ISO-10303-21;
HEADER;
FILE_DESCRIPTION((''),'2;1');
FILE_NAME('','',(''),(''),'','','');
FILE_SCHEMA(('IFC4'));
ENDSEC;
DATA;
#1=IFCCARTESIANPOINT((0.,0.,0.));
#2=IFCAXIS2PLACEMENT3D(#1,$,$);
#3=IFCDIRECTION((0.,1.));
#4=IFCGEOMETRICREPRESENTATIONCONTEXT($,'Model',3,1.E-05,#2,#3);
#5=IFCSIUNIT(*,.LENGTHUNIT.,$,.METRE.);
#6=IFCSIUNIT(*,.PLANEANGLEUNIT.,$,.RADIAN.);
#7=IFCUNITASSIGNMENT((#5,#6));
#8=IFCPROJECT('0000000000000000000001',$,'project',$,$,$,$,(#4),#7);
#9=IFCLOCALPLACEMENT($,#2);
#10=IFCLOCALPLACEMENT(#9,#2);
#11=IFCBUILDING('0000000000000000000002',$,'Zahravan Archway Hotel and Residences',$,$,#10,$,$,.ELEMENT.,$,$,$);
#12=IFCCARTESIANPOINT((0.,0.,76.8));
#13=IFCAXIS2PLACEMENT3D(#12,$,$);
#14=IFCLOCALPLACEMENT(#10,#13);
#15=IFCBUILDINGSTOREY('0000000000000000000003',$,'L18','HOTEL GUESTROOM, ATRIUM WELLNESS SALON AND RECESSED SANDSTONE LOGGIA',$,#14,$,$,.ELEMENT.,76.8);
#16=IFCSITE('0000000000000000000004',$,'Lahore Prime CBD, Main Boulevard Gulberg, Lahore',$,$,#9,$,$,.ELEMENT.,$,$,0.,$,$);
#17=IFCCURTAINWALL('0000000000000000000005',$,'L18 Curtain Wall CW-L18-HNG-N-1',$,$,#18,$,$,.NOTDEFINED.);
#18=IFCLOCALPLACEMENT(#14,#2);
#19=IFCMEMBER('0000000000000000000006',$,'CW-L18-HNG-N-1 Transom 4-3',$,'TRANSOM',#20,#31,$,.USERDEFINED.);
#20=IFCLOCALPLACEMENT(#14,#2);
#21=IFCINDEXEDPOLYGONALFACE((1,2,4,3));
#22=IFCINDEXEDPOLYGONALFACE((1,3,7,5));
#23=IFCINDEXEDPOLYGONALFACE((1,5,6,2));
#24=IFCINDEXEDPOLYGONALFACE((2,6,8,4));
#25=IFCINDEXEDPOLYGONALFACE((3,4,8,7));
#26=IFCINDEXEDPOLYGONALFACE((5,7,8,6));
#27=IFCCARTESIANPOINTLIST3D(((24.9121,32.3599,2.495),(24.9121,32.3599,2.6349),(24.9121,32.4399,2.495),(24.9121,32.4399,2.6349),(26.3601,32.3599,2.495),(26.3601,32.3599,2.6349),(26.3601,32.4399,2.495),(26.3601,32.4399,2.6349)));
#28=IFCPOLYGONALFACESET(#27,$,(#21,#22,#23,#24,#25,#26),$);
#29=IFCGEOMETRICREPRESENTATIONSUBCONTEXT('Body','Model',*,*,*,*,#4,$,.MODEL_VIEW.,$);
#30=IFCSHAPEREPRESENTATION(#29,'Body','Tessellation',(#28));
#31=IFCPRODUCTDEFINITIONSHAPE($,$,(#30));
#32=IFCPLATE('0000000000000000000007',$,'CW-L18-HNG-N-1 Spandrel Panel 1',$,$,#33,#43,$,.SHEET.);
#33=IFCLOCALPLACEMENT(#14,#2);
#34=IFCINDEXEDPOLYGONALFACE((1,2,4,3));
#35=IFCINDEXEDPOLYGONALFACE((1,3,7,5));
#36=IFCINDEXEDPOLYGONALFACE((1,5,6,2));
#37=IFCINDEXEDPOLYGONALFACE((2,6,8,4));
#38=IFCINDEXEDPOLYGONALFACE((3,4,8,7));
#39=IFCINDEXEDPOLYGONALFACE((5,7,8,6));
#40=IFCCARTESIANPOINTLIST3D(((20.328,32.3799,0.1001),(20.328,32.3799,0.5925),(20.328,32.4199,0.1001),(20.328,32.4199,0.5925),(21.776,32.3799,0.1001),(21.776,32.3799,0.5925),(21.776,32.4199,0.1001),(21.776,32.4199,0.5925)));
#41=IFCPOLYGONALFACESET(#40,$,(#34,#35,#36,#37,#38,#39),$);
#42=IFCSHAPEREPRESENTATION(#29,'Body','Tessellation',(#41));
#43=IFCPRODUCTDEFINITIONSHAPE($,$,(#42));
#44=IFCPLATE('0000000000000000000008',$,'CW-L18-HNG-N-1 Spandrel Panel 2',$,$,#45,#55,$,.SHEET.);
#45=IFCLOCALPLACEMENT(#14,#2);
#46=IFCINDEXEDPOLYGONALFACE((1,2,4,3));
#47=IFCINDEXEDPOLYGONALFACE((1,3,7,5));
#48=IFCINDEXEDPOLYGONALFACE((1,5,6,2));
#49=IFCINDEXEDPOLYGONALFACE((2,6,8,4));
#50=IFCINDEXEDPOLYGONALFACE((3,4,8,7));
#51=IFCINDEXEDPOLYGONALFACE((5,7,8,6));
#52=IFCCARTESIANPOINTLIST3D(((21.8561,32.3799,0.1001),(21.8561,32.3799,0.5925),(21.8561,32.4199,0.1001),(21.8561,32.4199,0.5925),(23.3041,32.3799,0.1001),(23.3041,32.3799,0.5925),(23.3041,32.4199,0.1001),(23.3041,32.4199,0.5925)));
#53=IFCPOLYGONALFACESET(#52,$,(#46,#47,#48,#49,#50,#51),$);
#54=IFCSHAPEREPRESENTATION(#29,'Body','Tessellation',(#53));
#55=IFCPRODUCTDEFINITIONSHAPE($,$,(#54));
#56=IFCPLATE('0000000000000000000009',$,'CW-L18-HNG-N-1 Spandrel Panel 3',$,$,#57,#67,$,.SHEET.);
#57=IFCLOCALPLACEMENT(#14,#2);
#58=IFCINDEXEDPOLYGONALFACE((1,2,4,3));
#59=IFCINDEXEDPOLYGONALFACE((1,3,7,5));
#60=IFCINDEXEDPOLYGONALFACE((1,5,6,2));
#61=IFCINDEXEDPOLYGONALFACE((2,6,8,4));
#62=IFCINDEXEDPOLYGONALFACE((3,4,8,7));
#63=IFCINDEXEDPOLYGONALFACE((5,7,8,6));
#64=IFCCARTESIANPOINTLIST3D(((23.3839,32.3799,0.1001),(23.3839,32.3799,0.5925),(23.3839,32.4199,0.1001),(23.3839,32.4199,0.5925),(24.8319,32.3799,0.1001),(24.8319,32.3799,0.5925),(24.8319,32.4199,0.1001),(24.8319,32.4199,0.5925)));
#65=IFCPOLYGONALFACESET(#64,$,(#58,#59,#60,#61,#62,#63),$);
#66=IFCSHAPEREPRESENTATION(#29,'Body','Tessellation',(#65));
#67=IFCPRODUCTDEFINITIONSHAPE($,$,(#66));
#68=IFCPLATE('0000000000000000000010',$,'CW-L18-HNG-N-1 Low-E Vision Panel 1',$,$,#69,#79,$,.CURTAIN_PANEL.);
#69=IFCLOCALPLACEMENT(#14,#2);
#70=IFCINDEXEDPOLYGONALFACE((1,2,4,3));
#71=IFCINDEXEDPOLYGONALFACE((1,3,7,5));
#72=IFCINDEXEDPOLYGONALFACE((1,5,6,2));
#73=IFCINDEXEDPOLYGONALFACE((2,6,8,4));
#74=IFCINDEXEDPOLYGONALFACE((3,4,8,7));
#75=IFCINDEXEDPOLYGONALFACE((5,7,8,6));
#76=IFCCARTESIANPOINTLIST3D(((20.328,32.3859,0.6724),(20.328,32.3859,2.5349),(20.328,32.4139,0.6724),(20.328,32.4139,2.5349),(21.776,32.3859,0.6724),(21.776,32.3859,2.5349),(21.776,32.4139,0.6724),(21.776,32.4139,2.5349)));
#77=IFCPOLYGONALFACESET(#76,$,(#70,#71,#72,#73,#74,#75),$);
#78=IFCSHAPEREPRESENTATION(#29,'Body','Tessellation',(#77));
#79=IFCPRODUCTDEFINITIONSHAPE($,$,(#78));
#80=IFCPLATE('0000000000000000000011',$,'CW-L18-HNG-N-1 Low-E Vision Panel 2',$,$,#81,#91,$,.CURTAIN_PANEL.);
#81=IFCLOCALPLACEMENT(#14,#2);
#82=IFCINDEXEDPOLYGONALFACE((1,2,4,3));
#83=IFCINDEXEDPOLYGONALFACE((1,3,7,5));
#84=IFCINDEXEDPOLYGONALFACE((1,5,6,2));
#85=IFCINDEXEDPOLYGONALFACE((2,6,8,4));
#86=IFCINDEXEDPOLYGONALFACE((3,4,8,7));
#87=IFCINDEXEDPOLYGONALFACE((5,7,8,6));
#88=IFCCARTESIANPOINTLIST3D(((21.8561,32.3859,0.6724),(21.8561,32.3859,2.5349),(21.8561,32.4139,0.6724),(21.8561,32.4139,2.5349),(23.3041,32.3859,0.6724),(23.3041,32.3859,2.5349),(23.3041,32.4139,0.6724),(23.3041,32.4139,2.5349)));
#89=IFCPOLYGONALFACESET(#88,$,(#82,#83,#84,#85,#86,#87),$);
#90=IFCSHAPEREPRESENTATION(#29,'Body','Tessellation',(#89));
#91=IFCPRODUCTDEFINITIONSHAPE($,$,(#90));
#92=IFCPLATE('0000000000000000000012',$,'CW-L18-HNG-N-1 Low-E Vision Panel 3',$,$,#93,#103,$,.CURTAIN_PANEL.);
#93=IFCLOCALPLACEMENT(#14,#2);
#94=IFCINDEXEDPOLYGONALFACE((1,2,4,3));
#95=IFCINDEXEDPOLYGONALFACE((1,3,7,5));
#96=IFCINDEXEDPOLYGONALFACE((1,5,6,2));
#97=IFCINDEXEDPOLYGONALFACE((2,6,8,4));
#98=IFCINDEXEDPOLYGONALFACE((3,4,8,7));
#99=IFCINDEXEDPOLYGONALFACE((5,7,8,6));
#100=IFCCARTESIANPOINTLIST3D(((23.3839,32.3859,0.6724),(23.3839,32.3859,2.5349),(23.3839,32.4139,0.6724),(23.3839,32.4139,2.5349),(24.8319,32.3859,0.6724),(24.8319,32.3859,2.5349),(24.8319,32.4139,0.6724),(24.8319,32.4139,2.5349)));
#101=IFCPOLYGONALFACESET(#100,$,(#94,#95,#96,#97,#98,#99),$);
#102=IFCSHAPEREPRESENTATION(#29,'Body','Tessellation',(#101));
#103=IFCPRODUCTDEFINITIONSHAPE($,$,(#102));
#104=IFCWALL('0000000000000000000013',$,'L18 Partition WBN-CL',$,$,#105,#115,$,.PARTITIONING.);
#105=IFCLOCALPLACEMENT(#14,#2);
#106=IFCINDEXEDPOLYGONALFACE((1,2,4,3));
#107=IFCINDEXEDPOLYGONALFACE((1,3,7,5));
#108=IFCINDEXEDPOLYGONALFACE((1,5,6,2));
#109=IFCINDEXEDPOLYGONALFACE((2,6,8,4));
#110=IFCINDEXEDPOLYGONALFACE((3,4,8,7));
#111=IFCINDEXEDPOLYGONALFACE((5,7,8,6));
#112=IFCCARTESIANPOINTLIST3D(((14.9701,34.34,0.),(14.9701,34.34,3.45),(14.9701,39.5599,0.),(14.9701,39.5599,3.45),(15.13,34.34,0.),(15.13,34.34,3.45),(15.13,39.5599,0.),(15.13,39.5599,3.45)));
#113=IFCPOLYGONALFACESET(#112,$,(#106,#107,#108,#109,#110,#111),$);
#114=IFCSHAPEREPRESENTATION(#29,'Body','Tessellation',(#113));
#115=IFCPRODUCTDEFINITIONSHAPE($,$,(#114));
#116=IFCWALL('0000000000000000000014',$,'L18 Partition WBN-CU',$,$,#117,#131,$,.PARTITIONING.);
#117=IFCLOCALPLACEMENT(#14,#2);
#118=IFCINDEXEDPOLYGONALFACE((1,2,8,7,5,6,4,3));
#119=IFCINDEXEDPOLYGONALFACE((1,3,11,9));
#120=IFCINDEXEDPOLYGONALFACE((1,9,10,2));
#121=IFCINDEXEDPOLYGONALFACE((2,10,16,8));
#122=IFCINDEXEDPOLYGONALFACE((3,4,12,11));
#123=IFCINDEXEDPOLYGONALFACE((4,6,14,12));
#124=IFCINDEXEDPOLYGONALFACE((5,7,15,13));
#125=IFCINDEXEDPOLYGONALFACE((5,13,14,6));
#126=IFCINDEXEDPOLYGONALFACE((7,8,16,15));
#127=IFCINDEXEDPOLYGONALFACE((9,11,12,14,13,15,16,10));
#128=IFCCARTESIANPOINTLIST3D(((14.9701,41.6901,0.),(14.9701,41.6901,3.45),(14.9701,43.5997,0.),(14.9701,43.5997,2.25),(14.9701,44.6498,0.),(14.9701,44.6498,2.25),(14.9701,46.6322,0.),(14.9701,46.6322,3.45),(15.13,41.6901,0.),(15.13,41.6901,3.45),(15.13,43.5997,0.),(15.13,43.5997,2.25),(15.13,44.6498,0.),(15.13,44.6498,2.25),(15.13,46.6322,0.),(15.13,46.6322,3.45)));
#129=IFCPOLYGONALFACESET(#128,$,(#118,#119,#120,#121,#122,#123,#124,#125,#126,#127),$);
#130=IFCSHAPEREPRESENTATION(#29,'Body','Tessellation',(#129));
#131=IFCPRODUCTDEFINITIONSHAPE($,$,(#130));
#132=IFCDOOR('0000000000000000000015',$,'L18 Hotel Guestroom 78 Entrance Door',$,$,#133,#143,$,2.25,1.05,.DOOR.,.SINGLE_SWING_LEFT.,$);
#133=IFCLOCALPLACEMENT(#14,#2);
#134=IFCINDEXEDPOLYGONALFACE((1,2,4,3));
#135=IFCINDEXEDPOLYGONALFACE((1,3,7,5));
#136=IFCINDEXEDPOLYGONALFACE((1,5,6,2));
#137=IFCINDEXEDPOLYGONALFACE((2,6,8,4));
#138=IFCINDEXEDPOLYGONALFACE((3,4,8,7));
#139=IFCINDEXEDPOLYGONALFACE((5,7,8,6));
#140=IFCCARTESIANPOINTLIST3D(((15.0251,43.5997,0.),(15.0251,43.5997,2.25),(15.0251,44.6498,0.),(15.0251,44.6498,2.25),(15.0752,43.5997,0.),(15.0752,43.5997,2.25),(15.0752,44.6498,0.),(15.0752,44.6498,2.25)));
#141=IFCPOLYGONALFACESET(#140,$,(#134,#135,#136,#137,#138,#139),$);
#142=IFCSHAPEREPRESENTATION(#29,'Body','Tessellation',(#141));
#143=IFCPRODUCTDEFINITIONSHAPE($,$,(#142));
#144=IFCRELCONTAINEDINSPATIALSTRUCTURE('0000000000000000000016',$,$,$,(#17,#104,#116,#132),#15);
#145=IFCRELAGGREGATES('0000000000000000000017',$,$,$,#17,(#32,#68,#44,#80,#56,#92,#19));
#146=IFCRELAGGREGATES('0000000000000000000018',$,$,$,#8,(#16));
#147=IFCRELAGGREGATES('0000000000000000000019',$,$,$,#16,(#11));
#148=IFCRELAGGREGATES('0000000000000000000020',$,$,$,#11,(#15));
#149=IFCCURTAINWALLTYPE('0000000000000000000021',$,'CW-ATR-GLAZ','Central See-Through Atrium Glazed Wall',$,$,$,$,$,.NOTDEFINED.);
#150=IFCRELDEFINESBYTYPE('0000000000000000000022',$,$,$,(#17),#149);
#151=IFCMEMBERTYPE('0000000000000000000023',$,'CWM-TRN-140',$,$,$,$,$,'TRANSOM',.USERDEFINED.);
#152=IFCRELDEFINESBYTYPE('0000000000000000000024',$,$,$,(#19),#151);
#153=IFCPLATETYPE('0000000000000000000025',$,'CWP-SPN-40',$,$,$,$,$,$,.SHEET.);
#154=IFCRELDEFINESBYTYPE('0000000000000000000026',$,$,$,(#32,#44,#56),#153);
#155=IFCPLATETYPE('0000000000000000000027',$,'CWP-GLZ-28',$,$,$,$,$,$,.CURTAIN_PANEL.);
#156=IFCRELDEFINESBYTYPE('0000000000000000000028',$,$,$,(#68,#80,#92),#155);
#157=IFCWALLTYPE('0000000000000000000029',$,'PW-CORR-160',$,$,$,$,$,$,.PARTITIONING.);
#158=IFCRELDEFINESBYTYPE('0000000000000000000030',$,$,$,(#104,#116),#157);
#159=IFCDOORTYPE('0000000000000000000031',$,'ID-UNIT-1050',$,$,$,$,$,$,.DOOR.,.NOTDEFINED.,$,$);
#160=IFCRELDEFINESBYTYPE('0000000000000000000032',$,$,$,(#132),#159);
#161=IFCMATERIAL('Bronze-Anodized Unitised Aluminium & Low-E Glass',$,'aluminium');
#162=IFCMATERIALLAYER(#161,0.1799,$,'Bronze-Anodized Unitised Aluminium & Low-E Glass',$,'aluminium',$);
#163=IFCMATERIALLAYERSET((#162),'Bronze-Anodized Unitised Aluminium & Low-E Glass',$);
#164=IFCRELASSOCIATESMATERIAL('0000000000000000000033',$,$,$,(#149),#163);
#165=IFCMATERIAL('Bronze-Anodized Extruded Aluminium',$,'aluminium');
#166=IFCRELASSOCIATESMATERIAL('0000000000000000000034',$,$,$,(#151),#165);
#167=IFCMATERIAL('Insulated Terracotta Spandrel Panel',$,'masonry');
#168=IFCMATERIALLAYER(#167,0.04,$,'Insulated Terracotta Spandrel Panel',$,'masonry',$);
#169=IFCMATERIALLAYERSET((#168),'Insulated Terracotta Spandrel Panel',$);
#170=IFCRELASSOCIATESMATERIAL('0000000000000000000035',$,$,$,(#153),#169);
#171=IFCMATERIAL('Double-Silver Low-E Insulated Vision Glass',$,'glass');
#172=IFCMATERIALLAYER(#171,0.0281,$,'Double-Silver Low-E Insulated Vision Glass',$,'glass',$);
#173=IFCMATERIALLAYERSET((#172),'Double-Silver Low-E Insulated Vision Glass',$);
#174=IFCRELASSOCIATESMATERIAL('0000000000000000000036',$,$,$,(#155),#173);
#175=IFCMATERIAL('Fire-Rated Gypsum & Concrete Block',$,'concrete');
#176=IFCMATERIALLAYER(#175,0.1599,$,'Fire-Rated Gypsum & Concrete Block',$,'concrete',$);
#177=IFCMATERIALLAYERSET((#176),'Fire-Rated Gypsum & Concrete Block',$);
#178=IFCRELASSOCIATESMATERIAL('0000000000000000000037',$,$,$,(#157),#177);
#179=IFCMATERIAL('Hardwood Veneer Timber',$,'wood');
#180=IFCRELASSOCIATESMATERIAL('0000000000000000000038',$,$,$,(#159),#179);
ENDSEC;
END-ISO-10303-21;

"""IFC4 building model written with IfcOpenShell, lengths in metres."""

from ifc_helpers import new_model, si_unit, direction, frame, frame_2d, origin, origin_2d, place, context, subcontext, project, spatial, rectangle, extrude, source, transform, mapped, material, layer, layer_set, material_profile, profile_set, type_object, type_shapes, element, fill, aggregate, save


model = new_model("IFC4")

# Units and contexts
model_context = context("Model", 3, precision=1e-05, world=origin(), true_north=direction((0.0, 1.0)))
body_context = subcontext(model_context, "Body", "Model", "MODEL_VIEW")
ifc_project = project(units=[si_unit("LENGTHUNIT", "METRE"), si_unit("PLANEANGLEUNIT", "RADIAN")], contexts=[model_context])

# Site, building, storey
site_placement = place(None, origin())
site = spatial("IfcSite", under=ifc_project, at=site_placement, Name="Lahore Prime CBD, Main Boulevard Gulberg, Lahore", CompositionType="ELEMENT", RefElevation=0.0)
building_placement = place(site_placement, origin())
building = spatial("IfcBuilding", under=site, at=building_placement, Name="Zahravan Archway Hotel and Residences", CompositionType="ELEMENT")
storey_placement = place(building_placement, frame((0.0, 0.0, 76.8)))
storey = spatial("IfcBuildingStorey", under=building, at=storey_placement, Name="L18", Description="HOTEL GUESTROOM, ATRIUM WELLNESS SALON AND RECESSED SANDSTONE LOGGIA", CompositionType="ELEMENT", Elevation=76.8)

# Curtain wall, member, plates
ifc_material_1 = material(Name="Bronze-Anodized Unitised Aluminium & Low-E Glass", Category="aluminium")
ifc_layer_1 = layer(ifc_material_1, 0.1799, Name="Bronze-Anodized Unitised Aluminium & Low-E Glass", Category="aluminium")
ifc_layer_set_1 = layer_set([ifc_layer_1], Name="Bronze-Anodized Unitised Aluminium & Low-E Glass")
curtain_wall_type = type_object("IfcCurtainWallType", Name="CW-ATR-GLAZ", Description="Central See-Through Atrium Glazed Wall", PredefinedType="NOTDEFINED", material=ifc_layer_set_1)
curtain_wall_placement = place(storey_placement, origin())
curtain_wall = element("IfcCurtainWall", 1, at=curtain_wall_placement, inside=storey, type_object=curtain_wall_type, Name="L18 Curtain Wall CW-L18-HNG-N-1", PredefinedType="NOTDEFINED")
ifc_material_2 = material(Name="Bronze-Anodized Extruded Aluminium", Category="aluminium")
ifc_material_profile_1 = material_profile(ifc_material_2, rectangle(XDim=0.0801, YDim=0.1399, at=origin_2d()), Name="TRN 80x140", Category="aluminium")
ifc_profile_set_1 = profile_set([ifc_material_profile_1], Name="Bronze-Anodized Extruded Aluminium")
member_type_1 = type_object("IfcMemberType", Name="CWM-TRN-140", ElementType="TRANSOM", PredefinedType="USERDEFINED", material=ifc_profile_set_1)
shared_shape_1 = source(origin(), body_context, "Body", "SweptSolid", [
    extrude(rectangle(XDim=0.0801, YDim=0.1399, at=origin_2d()), origin(), (0.0, 0.0, 1.0), 1.448),
])
member_1_placement = place(storey_placement, frame((24.9121, 32.3999, 2.5649), z_axis=(1.0, 0.0, 0.0), x_axis=(0.0, 1.0, 0.0)))
member_1 = element("IfcMember", 2, at=member_1_placement, type_object=member_type_1, Name="CW-L18-HNG-N-1 Transom 4-3", ObjectType="TRANSOM", PredefinedType="USERDEFINED", context=body_context, shape_type="MappedRepresentation", body=[
    mapped(shared_shape_1, transform((0.0, 0.0, 0.0), scale=1.0)),
])
ifc_material_3 = material(Name="Insulated Terracotta Spandrel Panel", Category="masonry")
ifc_layer_2 = layer(ifc_material_3, 0.04, Name="Insulated Terracotta Spandrel Panel", Category="masonry")
ifc_layer_set_2 = layer_set([ifc_layer_2], Name="Insulated Terracotta Spandrel Panel")
plate_type_1 = type_object("IfcPlateType", Name="CWP-SPN-40", PredefinedType="SHEET", material=ifc_layer_set_2)
shared_shape_2 = source(origin(), body_context, "Body", "SweptSolid", [
    extrude(rectangle(XDim=1.448, YDim=0.04, at=origin_2d()), origin(), (0.0, 0.0, 1.0), 0.4924),
])
plate_1_placement = place(storey_placement, frame((21.052, 32.3999, 0.1001), z_axis=(0.0, 0.0, 1.0), x_axis=(1.0, 0.0, 0.0)))
plate_1 = element("IfcPlate", 3, at=plate_1_placement, type_object=plate_type_1, Name="CW-L18-HNG-N-1 Spandrel Panel 1", PredefinedType="SHEET", context=body_context, shape_type="MappedRepresentation", body=[
    mapped(shared_shape_2, transform((0.0, 0.0, 0.0), scale=1.0)),
])
plate_2_placement = place(storey_placement, frame((22.5801, 32.3999, 0.1001), z_axis=(0.0, 0.0, 1.0), x_axis=(1.0, 0.0, 0.0)))
plate_2 = element("IfcPlate", 4, at=plate_2_placement, type_object=plate_type_1, Name="CW-L18-HNG-N-1 Spandrel Panel 2", PredefinedType="SHEET", context=body_context, shape_type="MappedRepresentation", body=[
    mapped(shared_shape_2, transform((0.0, 0.0, 0.0), scale=1.0)),
])
plate_3_placement = place(storey_placement, frame((24.1079, 32.3999, 0.1001), z_axis=(0.0, 0.0, 1.0), x_axis=(1.0, 0.0, 0.0)))
plate_3 = element("IfcPlate", 5, at=plate_3_placement, type_object=plate_type_1, Name="CW-L18-HNG-N-1 Spandrel Panel 3", PredefinedType="SHEET", context=body_context, shape_type="MappedRepresentation", body=[
    mapped(shared_shape_2, transform((0.0, 0.0, 0.0), scale=1.0)),
])
ifc_material_4 = material(Name="Double-Silver Low-E Insulated Vision Glass", Category="glass")
ifc_layer_3 = layer(ifc_material_4, 0.0281, Name="Double-Silver Low-E Insulated Vision Glass", Category="glass")
ifc_layer_set_3 = layer_set([ifc_layer_3], Name="Double-Silver Low-E Insulated Vision Glass")
plate_type_2 = type_object("IfcPlateType", Name="CWP-GLZ-28", PredefinedType="CURTAIN_PANEL", material=ifc_layer_set_3)
shared_shape_3 = source(origin(), body_context, "Body", "SweptSolid", [
    extrude(rectangle(XDim=1.448, YDim=0.0281, at=origin_2d()), origin(), (0.0, 0.0, 1.0), 1.8625),
])
plate_4_placement = place(storey_placement, frame((21.052, 32.3999, 0.6724), z_axis=(0.0, 0.0, 1.0), x_axis=(1.0, 0.0, 0.0)))
plate_4 = element("IfcPlate", 6, at=plate_4_placement, type_object=plate_type_2, Name="CW-L18-HNG-N-1 Low-E Vision Panel 1", PredefinedType="CURTAIN_PANEL", context=body_context, shape_type="MappedRepresentation", body=[
    mapped(shared_shape_3, transform((0.0, 0.0, 0.0), scale=1.0)),
])
plate_5_placement = place(storey_placement, frame((22.5801, 32.3999, 0.6724), z_axis=(0.0, 0.0, 1.0), x_axis=(1.0, 0.0, 0.0)))
plate_5 = element("IfcPlate", 7, at=plate_5_placement, type_object=plate_type_2, Name="CW-L18-HNG-N-1 Low-E Vision Panel 2", PredefinedType="CURTAIN_PANEL", context=body_context, shape_type="MappedRepresentation", body=[
    mapped(shared_shape_3, transform((0.0, 0.0, 0.0), scale=1.0)),
])
plate_6_placement = place(storey_placement, frame((24.1079, 32.3999, 0.6724), z_axis=(0.0, 0.0, 1.0), x_axis=(1.0, 0.0, 0.0)))
plate_6 = element("IfcPlate", 8, at=plate_6_placement, type_object=plate_type_2, Name="CW-L18-HNG-N-1 Low-E Vision Panel 3", PredefinedType="CURTAIN_PANEL", context=body_context, shape_type="MappedRepresentation", body=[
    mapped(shared_shape_3, transform((0.0, 0.0, 0.0), scale=1.0)),
])
aggregate(curtain_wall, [plate_1, plate_4, plate_2, plate_5, plate_3, plate_6, member_1])

# Wall
ifc_material_5 = material(Name="Fire-Rated Gypsum & Concrete Block", Category="concrete")
ifc_layer_4 = layer(ifc_material_5, 0.1599, Name="Fire-Rated Gypsum & Concrete Block", Category="concrete")
ifc_layer_set_4 = layer_set([ifc_layer_4], Name="Fire-Rated Gypsum & Concrete Block")
wall_type = type_object("IfcWallType", Name="PW-CORR-160", PredefinedType="PARTITIONING", material=ifc_layer_set_4)
wall_1_placement = place(storey_placement, frame((15.05, 34.3401, 0.0), z_axis=(0.0, 0.0, 1.0), x_axis=(0.0, 1.0, 0.0)))
element("IfcWall", 9, at=wall_1_placement, inside=storey, type_object=wall_type, Name="L18 Partition WBN-CL", PredefinedType="PARTITIONING", context=body_context, shape_type="SweptSolid", body=[
    extrude(rectangle(XDim=5.22, YDim=0.1599, at=frame_2d((2.6099, 0.0))), origin(), (0.0, 0.0, 1.0), 3.45),
])

# Wall, opening, door
wall_2_placement = place(storey_placement, frame((15.05, 41.6899, 0.0), z_axis=(0.0, 0.0, 1.0), x_axis=(0.0, 1.0, 0.0)))
wall_2 = element("IfcWall", 10, at=wall_2_placement, inside=storey, type_object=wall_type, Name="L18 Partition WBN-CU", PredefinedType="PARTITIONING", context=body_context, shape_type="SweptSolid", body=[
    extrude(rectangle(XDim=4.9421, YDim=0.1599, at=frame_2d((2.4712, 0.0))), origin(), (0.0, 0.0, 1.0), 3.45),
])
opening_placement = place(wall_2_placement, frame((1.9099, 0.0, 0.0)))
opening = element("IfcOpeningElement", 11, at=opening_placement, cuts=wall_2, PredefinedType="OPENING", context=body_context, shape_type="SweptSolid", body=[
    extrude(rectangle(XDim=1.05, YDim=2.25, at=frame_2d((0.5249, 1.125))), frame((0.0, 0.0898, 0.0), z_axis=(0.0, -1.0, 0.0), x_axis=(1.0, 0.0, 0.0)), (0.0, 0.0, 1.0), 0.1799),
])
ifc_material_6 = material(Name="Hardwood Veneer Timber", Category="wood")
door_type = type_object("IfcDoorType", Name="ID-UNIT-1050", OperationType="NOTDEFINED", PredefinedType="DOOR", material=ifc_material_6)
shared_shape_4 = source(origin(), body_context, "Body", "SweptSolid", [
    extrude(rectangle(XDim=1.05, YDim=2.25, at=frame_2d((0.5249, 1.125))), frame((0.0, 0.0249, 0.0), z_axis=(0.0, -1.0, 0.0), x_axis=(1.0, 0.0, 0.0)), (0.0, 0.0, 1.0), 0.05),
])
type_shapes(door_type, [shared_shape_4])
door_placement = place(opening_placement, origin())
door = element("IfcDoor", 12, at=door_placement, inside=storey, type_object=door_type, Name="L18 Hotel Guestroom 78 Entrance Door", OperationType="SINGLE_SWING_LEFT", OverallHeight=2.25, OverallWidth=1.05, PredefinedType="DOOR", context=body_context, shape_type="MappedRepresentation", body=[
    mapped(shared_shape_4, transform((0.0, 0.0, 0.0), scale=1.0)),
])
fill(opening, door)

save(model, "model.ifc")
